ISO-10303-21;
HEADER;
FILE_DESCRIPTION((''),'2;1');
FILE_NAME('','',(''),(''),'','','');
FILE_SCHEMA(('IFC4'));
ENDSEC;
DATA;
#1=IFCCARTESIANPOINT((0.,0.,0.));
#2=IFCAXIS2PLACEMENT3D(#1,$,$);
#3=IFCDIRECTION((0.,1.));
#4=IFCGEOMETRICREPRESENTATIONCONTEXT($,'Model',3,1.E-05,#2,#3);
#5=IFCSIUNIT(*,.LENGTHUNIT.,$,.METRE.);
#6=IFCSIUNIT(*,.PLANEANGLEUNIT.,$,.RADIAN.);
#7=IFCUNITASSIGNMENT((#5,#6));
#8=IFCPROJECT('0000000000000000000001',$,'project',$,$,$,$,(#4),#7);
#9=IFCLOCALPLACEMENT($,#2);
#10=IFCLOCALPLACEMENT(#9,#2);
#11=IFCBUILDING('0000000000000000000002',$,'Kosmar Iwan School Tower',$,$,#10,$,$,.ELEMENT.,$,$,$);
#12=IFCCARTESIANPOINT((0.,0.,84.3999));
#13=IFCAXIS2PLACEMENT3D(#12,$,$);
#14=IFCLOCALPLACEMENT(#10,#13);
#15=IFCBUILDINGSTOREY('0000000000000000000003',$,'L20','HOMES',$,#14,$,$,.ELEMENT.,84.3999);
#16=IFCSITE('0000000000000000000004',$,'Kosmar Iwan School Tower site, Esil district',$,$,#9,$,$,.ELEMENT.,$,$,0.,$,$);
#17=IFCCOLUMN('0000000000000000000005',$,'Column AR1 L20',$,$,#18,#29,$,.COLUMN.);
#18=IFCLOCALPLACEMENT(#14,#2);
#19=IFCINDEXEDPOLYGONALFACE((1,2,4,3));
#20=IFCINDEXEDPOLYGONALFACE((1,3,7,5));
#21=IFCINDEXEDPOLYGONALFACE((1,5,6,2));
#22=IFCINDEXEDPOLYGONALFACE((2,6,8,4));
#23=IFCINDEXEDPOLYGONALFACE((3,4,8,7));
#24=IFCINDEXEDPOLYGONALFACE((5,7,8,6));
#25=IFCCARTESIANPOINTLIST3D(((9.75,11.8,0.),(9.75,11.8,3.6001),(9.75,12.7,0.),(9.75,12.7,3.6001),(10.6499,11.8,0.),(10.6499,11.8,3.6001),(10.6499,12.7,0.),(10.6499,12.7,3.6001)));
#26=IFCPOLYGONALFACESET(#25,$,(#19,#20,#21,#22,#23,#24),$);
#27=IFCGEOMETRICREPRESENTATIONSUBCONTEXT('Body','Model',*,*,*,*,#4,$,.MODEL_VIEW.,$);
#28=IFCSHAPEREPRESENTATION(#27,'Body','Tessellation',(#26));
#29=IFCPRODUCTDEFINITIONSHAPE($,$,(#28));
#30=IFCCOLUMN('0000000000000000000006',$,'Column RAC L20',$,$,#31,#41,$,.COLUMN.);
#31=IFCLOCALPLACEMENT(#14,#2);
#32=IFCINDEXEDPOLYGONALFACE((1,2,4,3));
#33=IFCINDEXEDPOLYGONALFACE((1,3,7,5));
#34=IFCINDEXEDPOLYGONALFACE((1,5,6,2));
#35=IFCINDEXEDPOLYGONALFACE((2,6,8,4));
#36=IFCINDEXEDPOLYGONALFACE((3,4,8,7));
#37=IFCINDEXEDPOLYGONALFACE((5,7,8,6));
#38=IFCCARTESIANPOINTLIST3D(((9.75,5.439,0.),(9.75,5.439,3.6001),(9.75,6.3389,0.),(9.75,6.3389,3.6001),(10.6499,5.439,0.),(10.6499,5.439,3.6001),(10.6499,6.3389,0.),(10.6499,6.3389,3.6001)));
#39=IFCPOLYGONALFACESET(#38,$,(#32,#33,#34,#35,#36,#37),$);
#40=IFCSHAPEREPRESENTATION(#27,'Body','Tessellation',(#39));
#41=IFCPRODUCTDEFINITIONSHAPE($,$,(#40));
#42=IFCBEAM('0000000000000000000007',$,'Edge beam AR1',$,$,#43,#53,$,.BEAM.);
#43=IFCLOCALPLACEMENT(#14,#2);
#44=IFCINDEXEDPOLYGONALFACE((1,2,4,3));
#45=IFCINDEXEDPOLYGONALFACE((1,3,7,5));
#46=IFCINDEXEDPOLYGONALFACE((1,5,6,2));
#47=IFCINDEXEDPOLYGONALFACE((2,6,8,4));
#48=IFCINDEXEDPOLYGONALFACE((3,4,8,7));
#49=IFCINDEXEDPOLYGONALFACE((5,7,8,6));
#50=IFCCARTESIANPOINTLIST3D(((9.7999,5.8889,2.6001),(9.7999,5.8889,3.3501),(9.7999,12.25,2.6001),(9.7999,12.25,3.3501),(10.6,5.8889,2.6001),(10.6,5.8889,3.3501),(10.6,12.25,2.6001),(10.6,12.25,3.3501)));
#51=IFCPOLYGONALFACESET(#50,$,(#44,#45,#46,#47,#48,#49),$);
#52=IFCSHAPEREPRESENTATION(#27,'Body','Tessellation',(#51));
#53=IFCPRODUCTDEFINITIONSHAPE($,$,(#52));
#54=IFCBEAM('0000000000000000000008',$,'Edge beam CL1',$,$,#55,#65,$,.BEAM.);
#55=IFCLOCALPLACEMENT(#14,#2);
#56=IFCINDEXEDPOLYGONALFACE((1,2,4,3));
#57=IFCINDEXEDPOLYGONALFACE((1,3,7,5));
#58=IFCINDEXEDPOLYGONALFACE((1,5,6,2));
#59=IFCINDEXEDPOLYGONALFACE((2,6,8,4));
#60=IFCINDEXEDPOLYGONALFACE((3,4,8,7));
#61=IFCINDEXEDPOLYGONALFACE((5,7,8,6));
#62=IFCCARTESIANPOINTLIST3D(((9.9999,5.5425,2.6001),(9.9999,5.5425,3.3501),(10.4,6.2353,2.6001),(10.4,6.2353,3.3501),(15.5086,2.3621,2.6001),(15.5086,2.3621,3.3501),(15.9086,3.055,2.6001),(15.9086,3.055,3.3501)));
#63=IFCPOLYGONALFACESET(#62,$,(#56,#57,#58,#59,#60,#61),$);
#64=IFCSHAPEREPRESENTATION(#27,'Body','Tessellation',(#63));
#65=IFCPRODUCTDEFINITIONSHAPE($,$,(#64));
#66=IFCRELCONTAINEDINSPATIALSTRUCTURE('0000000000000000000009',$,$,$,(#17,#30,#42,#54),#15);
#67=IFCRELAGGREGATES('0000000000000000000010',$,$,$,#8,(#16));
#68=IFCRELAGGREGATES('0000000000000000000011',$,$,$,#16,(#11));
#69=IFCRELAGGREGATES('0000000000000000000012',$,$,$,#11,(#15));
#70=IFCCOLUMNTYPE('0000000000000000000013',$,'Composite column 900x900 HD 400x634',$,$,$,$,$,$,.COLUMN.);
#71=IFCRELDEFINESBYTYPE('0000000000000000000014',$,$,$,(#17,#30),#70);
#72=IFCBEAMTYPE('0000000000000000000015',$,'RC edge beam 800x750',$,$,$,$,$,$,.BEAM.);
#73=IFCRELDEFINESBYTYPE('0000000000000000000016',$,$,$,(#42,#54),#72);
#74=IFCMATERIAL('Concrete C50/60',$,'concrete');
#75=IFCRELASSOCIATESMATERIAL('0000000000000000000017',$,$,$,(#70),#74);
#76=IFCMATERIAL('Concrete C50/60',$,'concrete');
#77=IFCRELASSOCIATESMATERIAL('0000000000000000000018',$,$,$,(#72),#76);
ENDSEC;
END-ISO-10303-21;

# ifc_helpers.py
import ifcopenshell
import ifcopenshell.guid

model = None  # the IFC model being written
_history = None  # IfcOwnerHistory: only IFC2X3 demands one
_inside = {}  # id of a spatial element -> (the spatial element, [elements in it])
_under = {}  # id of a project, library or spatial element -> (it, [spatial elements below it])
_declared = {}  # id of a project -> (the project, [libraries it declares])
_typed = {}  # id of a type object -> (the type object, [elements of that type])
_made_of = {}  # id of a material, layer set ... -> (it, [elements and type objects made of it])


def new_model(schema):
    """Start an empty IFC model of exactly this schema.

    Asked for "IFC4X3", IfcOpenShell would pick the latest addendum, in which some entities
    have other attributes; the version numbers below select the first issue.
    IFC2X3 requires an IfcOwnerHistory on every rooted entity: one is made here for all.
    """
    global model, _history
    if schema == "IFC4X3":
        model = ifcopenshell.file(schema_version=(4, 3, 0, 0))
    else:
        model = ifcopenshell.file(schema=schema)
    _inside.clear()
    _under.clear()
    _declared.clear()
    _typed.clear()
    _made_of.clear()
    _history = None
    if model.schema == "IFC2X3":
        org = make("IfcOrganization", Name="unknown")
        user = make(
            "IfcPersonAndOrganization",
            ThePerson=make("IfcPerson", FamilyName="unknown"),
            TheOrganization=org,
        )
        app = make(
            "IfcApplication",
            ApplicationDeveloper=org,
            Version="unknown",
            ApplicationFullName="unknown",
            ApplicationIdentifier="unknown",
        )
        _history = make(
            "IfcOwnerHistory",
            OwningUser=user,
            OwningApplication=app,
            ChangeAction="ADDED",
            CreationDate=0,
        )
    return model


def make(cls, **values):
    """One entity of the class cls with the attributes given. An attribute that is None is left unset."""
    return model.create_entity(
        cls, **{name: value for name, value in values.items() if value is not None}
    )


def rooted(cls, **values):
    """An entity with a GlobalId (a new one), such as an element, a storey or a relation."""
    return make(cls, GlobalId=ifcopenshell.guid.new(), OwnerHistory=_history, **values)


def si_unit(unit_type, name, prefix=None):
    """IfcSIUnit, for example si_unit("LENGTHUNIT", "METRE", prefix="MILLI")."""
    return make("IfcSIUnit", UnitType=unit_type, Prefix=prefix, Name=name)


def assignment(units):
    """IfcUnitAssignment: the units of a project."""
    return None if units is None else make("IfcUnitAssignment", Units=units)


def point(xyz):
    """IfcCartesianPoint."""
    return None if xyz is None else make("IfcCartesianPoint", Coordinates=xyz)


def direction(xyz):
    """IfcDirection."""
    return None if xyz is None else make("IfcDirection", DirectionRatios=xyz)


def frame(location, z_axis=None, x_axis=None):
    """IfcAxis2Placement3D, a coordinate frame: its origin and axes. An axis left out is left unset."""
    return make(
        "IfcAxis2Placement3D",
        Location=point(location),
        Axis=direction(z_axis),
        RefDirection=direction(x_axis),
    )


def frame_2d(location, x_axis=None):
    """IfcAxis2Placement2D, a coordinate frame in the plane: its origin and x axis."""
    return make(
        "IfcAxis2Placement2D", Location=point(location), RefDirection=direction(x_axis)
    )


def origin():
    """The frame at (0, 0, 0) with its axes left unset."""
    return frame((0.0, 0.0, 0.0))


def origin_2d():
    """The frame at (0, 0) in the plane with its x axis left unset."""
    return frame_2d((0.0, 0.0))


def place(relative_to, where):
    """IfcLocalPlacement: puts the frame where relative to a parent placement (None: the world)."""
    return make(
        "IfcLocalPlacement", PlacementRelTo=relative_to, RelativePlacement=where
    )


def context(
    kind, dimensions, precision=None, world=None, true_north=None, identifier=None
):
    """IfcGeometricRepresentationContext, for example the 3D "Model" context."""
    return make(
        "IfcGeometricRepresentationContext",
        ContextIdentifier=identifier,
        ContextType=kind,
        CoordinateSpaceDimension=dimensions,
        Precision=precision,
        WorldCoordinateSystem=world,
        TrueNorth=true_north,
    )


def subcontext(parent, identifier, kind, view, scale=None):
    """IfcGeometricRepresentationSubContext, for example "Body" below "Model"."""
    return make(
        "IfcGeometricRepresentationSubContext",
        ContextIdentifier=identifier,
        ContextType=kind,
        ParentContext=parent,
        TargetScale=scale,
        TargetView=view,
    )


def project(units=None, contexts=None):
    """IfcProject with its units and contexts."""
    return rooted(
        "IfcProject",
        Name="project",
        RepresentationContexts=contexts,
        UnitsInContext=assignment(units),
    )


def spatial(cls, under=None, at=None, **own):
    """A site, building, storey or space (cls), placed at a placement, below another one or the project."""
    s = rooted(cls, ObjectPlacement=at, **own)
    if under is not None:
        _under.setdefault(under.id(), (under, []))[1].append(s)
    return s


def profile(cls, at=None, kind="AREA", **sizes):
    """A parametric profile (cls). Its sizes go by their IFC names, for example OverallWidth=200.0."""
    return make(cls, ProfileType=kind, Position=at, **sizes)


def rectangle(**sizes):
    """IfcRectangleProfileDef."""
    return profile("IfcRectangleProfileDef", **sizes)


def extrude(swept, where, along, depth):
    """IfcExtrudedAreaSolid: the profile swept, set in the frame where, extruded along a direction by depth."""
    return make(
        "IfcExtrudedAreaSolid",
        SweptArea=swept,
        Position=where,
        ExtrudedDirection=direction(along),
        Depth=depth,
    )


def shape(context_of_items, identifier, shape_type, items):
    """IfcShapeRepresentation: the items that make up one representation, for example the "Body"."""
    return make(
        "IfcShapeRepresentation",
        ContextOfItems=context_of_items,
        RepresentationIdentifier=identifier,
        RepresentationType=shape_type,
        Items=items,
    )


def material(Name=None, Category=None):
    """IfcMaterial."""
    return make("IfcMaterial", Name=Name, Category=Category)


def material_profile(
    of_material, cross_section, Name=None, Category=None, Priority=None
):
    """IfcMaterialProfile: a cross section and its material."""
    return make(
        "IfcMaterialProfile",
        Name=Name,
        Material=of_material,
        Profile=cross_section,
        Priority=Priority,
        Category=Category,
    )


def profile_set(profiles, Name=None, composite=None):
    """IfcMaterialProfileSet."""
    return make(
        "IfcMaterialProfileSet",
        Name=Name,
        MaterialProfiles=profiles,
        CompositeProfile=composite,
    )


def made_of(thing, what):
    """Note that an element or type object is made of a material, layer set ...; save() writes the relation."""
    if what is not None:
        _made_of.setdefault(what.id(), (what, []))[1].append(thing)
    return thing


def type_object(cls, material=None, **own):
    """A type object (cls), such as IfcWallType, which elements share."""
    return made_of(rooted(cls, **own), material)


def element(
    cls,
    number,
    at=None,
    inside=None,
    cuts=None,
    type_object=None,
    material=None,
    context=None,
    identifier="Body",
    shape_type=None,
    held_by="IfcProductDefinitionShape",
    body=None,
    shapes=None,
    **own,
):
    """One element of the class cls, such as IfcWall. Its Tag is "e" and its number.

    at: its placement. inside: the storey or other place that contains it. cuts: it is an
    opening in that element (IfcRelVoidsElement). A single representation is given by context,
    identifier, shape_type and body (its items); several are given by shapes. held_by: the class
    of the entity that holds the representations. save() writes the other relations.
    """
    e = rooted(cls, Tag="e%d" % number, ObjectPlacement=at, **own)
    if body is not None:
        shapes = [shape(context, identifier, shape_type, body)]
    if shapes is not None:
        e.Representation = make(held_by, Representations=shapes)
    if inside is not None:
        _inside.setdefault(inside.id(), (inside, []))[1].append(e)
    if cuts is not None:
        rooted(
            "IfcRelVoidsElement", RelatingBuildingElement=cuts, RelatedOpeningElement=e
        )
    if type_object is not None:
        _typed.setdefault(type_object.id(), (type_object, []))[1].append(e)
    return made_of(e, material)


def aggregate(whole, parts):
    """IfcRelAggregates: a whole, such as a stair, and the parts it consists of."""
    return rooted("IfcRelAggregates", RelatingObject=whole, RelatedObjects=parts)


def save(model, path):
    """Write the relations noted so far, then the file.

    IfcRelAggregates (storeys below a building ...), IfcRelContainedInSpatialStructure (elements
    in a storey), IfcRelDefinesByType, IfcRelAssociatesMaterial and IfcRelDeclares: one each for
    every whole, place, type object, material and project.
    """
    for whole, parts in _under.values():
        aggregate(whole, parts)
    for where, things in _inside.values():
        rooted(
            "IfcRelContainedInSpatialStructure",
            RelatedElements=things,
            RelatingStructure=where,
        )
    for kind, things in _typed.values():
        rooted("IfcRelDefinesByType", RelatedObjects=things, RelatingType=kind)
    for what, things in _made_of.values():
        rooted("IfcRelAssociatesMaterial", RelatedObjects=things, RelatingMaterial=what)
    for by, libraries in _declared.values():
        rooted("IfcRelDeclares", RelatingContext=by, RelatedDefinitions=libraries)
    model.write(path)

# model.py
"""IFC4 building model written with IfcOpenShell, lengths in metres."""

from ifc_helpers import new_model, si_unit, direction, frame, origin, origin_2d, place, context, subcontext, project, spatial, rectangle, extrude, material, material_profile, profile_set, type_object, element, save


model = new_model("IFC4")

# Units and contexts
model_context = context("Model", 3, precision=1e-05, world=origin(), true_north=direction((0.0, 1.0)))
body_context = subcontext(model_context, "Body", "Model", "MODEL_VIEW")
ifc_project = project(units=[si_unit("LENGTHUNIT", "METRE"), si_unit("PLANEANGLEUNIT", "RADIAN")], contexts=[model_context])

# Site, building, storey
site_placement = place(None, origin())
site = spatial("IfcSite", under=ifc_project, at=site_placement, Name="Kosmar Iwan School Tower site, Esil district", CompositionType="ELEMENT", RefElevation=0.0)
building_placement = place(site_placement, origin())
building = spatial("IfcBuilding", under=site, at=building_placement, Name="Kosmar Iwan School Tower", CompositionType="ELEMENT")
storey_placement = place(building_placement, frame((0.0, 0.0, 84.3999)))
storey = spatial("IfcBuildingStorey", under=building, at=storey_placement, Name="L20", Description="HOMES", CompositionType="ELEMENT", Elevation=84.3999)

# Columns
ifc_material_1 = material(Name="Concrete C50/60", Category="concrete")
ifc_material_profile_1 = material_profile(ifc_material_1, rectangle(XDim=0.8999, YDim=0.8999, at=origin_2d()), Name="RC 900x900 + HD 400x634")
ifc_profile_set_1 = profile_set([ifc_material_profile_1], Name="Concrete C50/60")
column_type = type_object("IfcColumnType", Name="Composite column 900x900 HD 400x634", PredefinedType="COLUMN", material=ifc_profile_set_1)
for number, where, z_axis, x_axis, name in (
    (1, (10.2, 12.25, 0.0), (0.0, 0.0, 1.0), (0.0, 1.0, 0.0), "Column AR1 L20"),
    (2, (10.2, 5.8889, 0.0), (0.0, 0.0, 1.0), (1.0, 0.0, 0.0), "Column RAC L20"),
):
    element("IfcColumn", number, at=place(storey_placement, frame(where, z_axis=z_axis, x_axis=x_axis)), inside=storey, type_object=column_type, Name=name, PredefinedType="COLUMN", context=body_context, shape_type="SweptSolid", body=[
        extrude(rectangle(XDim=0.8999, YDim=0.8999, at=origin_2d()), origin(), (0.0, 0.0, 1.0), 3.6001),
    ])

# Beams
ifc_material_2 = material(Name="Concrete C50/60", Category="concrete")
ifc_material_profile_2 = material_profile(ifc_material_2, rectangle(XDim=0.8, YDim=0.75, at=origin_2d()), Name="RC 800x750")
ifc_profile_set_2 = profile_set([ifc_material_profile_2], Name="Concrete C50/60")
beam_type = type_object("IfcBeamType", Name="RC edge beam 800x750", PredefinedType="BEAM", material=ifc_profile_set_2)
beam_1_placement = place(storey_placement, frame((10.2, 5.8889, 2.9751), z_axis=(0.0, 1.0, 0.0), x_axis=(-1.0, 0.0, 0.0)))
element("IfcBeam", 3, at=beam_1_placement, inside=storey, type_object=beam_type, Name="Edge beam AR1", PredefinedType="BEAM", context=body_context, shape_type="SweptSolid", body=[
    extrude(rectangle(XDim=0.8, YDim=0.75, at=origin_2d()), origin(), (0.0, 0.0, 1.0), 6.3611),
])
beam_2_placement = place(storey_placement, frame((10.2, 5.8889, 2.9751), z_axis=(0.866031, -0.49999, 0.0), x_axis=(0.49999, 0.866031, 0.0)))
element("IfcBeam", 4, at=beam_2_placement, inside=storey, type_object=beam_type, Name="Edge beam CL1", PredefinedType="BEAM", context=body_context, shape_type="SweptSolid", body=[
    extrude(rectangle(XDim=0.8, YDim=0.75, at=origin_2d()), origin(), (0.0, 0.0, 1.0), 6.3608),
])

save(model, "model.ifc")
